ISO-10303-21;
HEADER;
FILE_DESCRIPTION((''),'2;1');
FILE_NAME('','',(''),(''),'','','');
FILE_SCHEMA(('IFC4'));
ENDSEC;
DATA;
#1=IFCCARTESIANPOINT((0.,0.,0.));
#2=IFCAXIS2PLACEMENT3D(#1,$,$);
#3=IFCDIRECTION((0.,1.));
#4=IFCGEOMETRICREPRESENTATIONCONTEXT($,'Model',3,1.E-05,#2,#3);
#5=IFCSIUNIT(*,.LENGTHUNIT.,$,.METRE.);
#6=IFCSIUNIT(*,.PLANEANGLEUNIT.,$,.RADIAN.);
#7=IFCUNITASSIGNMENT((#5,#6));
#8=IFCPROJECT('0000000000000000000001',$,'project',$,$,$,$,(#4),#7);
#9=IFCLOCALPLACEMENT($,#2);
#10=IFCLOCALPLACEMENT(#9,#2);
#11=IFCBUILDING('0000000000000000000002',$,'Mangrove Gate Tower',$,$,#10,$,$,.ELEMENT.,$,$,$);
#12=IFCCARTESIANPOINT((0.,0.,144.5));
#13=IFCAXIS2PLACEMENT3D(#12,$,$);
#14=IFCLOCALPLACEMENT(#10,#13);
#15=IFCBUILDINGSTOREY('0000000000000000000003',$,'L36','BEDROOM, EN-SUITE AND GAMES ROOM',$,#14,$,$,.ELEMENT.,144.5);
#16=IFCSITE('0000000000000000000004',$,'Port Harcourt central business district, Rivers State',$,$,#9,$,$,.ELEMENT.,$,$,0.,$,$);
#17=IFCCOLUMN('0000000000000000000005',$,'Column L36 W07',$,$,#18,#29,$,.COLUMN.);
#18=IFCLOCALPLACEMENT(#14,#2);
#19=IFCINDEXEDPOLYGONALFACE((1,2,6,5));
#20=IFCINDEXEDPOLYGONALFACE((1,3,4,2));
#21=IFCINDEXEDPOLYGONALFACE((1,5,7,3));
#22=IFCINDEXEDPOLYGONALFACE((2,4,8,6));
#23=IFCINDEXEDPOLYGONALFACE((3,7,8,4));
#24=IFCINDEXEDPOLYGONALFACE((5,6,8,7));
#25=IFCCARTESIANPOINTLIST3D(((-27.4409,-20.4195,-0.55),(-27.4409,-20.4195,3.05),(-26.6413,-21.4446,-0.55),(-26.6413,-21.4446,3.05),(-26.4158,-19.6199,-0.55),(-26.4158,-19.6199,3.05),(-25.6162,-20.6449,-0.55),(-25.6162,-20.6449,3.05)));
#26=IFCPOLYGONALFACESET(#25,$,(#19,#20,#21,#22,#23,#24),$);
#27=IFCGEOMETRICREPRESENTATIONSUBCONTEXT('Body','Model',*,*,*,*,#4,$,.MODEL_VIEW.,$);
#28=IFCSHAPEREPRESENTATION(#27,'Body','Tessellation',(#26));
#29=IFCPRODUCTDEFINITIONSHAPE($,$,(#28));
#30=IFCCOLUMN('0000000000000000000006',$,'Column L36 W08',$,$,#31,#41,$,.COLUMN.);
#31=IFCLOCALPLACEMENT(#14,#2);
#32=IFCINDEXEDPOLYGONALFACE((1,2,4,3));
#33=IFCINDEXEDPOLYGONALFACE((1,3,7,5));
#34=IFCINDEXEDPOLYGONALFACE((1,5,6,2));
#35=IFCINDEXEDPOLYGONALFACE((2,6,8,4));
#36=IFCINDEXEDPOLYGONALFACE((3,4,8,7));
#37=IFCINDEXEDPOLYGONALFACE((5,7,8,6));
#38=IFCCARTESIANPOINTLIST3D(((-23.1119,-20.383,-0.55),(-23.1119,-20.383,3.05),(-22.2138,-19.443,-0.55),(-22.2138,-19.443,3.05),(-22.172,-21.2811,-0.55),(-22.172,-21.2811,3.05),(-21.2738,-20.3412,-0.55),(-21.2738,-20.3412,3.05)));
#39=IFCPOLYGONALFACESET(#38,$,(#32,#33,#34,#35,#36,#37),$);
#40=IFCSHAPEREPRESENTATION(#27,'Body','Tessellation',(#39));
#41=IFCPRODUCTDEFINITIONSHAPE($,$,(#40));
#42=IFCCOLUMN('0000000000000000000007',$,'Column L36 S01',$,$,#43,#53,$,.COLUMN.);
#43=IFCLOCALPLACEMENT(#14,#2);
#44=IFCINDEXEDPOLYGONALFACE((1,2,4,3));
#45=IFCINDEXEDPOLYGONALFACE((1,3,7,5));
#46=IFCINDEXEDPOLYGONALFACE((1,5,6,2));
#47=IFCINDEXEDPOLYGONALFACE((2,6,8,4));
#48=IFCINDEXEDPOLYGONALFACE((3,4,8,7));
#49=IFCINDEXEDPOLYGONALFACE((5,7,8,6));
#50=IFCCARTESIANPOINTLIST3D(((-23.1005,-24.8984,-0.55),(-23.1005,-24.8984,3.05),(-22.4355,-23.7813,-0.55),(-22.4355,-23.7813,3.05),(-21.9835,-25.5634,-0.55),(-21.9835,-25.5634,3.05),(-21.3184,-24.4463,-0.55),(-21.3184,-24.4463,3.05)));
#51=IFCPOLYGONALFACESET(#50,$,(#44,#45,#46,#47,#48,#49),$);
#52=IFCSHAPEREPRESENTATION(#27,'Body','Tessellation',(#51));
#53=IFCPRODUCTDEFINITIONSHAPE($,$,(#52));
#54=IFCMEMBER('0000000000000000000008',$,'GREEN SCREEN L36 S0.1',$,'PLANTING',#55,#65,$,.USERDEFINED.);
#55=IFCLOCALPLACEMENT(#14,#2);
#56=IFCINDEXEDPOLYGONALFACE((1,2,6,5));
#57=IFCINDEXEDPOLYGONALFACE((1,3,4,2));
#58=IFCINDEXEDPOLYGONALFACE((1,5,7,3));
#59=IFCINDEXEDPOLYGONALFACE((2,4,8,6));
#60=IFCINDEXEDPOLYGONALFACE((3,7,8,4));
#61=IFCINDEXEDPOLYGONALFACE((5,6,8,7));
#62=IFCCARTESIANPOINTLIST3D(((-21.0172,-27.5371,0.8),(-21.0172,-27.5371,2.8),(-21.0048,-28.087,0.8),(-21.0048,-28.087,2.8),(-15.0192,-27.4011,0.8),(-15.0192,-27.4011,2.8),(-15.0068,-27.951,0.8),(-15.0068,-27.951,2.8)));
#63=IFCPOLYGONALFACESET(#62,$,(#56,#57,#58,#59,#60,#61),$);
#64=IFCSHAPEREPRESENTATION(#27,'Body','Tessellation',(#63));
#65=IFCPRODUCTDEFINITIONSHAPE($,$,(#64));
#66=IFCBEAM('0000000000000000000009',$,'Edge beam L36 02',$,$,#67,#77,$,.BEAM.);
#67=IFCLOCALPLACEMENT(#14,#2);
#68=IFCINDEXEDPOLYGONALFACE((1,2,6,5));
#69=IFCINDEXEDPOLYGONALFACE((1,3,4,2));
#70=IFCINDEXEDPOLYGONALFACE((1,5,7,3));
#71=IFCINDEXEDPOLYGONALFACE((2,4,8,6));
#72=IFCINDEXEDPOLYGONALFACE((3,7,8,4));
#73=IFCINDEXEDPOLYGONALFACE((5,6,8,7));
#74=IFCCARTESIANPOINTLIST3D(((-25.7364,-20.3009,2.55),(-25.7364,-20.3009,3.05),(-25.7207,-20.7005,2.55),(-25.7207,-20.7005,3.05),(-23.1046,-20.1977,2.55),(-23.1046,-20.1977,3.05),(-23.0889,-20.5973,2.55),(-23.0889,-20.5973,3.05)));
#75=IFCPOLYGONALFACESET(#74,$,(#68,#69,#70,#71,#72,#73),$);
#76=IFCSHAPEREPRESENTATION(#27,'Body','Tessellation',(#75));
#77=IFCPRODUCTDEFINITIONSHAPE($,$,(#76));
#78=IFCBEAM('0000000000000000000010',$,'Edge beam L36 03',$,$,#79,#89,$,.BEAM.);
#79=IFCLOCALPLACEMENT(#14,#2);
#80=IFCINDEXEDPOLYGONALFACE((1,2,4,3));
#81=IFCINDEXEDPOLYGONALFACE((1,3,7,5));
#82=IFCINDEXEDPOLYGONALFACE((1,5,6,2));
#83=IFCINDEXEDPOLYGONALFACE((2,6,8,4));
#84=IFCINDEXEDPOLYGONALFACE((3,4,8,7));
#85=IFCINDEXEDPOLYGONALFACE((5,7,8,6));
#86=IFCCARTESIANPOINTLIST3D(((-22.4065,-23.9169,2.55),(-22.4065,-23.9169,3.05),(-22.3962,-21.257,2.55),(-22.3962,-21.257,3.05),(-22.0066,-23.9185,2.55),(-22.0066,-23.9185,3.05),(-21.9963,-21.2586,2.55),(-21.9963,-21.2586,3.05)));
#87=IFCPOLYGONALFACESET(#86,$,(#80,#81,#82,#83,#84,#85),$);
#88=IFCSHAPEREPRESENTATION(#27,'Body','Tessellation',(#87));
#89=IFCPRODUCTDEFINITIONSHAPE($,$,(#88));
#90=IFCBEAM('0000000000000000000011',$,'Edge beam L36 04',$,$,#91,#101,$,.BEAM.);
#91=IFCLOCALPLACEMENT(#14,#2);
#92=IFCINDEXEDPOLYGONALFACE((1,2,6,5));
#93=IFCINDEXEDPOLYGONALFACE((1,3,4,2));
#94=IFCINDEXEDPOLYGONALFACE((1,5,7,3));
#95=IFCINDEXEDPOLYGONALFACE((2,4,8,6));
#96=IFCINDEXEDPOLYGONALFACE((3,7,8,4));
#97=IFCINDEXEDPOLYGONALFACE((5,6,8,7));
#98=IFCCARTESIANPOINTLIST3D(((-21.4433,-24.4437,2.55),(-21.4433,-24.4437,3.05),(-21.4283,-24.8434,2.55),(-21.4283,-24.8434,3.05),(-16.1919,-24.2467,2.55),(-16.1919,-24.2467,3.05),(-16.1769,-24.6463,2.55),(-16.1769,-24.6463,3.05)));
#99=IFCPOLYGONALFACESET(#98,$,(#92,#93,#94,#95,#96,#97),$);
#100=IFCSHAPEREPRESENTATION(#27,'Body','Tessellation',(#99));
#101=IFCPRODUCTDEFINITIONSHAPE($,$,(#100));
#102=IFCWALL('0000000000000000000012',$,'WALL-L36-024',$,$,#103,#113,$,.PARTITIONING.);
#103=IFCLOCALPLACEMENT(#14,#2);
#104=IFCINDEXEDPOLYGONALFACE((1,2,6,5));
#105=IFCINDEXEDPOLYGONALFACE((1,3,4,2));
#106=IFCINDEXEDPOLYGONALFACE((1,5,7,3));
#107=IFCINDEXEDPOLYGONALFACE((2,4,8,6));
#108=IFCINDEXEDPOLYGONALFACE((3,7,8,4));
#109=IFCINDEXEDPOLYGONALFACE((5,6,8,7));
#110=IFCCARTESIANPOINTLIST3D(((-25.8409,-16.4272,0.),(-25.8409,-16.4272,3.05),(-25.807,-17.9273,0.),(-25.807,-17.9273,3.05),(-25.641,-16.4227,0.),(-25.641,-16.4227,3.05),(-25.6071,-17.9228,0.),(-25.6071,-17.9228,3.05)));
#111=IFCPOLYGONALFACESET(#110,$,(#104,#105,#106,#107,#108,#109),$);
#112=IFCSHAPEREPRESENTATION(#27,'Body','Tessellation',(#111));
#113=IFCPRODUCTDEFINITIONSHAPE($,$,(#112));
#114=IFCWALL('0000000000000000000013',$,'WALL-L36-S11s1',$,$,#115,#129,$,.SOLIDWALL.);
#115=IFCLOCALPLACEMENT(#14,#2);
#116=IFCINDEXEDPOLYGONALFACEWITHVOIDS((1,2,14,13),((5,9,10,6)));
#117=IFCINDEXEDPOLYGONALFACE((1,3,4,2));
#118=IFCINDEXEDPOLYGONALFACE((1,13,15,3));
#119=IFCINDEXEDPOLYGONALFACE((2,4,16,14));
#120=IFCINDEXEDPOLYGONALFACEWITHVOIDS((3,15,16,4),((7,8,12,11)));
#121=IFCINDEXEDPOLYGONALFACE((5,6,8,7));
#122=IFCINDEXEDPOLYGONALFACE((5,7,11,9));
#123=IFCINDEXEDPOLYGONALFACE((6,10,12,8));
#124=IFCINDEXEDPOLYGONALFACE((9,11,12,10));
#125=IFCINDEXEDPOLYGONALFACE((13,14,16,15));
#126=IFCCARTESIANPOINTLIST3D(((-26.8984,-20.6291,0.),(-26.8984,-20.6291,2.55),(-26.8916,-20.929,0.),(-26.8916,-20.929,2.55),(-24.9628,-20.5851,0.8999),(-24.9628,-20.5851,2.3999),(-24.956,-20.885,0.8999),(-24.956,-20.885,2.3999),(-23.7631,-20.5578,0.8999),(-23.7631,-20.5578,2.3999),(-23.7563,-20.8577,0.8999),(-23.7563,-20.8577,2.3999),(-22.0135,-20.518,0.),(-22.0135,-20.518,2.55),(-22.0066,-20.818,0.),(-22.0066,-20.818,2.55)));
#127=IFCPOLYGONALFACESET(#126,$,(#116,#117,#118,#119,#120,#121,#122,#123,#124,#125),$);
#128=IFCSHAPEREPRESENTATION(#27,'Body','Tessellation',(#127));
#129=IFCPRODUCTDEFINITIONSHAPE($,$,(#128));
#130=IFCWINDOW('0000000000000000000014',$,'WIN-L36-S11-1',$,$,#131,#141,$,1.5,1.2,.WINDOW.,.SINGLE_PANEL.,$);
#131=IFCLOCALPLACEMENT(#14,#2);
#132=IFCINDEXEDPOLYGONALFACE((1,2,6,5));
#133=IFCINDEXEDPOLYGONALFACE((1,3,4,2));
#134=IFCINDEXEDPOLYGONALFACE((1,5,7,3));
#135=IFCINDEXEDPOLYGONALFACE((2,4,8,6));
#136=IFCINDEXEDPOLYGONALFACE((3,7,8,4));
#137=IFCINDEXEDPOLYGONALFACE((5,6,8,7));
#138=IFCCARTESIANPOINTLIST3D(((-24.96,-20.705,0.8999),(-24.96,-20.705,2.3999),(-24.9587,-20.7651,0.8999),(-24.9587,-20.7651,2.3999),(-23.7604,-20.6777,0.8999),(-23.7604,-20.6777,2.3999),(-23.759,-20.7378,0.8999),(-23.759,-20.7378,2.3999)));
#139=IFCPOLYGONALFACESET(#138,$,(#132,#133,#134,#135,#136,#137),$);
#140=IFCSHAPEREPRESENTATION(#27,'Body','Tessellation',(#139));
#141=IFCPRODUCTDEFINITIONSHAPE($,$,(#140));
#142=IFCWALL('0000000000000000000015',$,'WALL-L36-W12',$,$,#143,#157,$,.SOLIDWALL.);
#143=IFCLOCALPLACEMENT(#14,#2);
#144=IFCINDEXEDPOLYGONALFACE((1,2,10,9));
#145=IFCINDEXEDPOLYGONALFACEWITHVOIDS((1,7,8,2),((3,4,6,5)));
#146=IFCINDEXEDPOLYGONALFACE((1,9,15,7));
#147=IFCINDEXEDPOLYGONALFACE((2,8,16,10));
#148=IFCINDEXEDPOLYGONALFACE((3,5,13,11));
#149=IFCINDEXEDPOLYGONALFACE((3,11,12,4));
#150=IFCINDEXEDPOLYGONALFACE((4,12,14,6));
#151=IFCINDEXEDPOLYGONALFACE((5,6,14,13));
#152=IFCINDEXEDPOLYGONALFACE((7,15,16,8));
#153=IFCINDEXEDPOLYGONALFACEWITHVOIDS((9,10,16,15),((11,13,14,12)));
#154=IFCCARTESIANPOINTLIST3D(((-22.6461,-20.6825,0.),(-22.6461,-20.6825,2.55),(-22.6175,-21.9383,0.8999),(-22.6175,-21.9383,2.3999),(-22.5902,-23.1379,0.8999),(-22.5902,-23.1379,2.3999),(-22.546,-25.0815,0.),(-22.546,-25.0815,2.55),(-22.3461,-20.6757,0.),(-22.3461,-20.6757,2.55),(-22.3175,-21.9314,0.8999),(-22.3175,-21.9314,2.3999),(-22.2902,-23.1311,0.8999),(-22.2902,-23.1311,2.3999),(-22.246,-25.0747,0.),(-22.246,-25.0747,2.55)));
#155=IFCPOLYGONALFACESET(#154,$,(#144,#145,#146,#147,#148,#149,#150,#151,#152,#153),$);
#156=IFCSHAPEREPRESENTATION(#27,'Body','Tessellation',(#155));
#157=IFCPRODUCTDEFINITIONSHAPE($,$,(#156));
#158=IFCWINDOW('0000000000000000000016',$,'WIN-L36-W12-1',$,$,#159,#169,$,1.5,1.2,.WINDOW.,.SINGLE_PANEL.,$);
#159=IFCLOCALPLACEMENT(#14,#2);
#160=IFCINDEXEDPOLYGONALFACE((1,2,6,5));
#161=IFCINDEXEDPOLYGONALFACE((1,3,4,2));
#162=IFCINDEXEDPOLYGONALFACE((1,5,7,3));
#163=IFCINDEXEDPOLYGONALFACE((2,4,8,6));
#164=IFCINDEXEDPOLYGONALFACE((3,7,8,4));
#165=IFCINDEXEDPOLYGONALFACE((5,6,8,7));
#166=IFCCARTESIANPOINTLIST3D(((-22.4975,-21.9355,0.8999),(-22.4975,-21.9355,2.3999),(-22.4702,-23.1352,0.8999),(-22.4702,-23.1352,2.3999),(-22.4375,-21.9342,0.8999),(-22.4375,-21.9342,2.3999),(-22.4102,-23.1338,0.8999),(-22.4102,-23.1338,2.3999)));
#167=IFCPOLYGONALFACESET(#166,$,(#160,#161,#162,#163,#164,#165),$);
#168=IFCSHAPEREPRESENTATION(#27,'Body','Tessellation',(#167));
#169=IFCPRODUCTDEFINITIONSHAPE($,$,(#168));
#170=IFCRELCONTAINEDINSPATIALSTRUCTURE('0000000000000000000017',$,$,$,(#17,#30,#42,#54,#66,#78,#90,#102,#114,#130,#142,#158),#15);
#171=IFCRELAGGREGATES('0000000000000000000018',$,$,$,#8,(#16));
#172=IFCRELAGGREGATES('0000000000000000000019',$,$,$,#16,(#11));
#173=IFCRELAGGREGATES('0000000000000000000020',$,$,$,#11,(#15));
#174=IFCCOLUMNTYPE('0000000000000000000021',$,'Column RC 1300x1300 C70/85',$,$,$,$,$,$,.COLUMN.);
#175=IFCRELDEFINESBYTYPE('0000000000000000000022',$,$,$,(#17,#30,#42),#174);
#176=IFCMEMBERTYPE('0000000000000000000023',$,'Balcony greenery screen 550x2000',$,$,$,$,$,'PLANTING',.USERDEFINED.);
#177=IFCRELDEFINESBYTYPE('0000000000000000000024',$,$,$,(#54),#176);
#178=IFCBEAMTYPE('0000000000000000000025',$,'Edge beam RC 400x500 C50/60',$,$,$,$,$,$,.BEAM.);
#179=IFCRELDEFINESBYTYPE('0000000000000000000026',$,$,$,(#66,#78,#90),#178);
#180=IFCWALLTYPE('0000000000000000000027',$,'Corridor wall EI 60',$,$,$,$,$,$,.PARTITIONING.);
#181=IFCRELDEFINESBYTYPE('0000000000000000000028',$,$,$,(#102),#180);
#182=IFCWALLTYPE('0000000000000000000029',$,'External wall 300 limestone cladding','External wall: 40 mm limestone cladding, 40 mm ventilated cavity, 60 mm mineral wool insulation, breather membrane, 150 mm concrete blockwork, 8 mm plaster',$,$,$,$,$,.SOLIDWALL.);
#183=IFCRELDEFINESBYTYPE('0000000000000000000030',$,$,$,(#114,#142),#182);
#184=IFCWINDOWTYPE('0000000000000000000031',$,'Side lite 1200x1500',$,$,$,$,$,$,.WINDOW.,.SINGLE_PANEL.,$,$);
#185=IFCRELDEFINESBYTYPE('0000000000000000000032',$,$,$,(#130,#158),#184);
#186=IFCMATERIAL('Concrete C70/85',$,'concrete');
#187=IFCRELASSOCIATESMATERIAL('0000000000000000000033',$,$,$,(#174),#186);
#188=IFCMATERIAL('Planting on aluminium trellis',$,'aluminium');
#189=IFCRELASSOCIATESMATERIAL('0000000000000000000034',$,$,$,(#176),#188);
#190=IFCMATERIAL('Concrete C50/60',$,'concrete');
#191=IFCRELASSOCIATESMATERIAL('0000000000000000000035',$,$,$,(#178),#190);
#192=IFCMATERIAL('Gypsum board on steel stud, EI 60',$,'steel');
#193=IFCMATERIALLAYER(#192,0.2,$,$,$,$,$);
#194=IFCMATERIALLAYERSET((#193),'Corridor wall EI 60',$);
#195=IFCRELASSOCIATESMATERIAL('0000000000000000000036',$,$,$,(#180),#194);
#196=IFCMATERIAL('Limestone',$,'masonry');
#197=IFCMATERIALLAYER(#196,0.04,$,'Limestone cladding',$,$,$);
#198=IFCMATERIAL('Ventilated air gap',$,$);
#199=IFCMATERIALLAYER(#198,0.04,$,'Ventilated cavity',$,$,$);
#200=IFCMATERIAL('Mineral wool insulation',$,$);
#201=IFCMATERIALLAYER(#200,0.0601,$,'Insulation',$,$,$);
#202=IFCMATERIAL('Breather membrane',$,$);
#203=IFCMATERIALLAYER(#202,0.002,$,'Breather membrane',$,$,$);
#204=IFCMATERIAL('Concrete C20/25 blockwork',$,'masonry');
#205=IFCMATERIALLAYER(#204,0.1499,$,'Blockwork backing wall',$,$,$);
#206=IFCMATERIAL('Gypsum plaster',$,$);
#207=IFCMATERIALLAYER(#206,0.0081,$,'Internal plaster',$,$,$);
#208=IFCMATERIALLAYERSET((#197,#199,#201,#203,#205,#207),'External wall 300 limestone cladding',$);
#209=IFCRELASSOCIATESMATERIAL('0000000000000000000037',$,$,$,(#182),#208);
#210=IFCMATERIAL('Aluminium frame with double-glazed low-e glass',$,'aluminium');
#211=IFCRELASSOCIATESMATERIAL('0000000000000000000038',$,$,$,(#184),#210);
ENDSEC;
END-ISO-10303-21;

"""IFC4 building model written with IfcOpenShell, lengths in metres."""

from ifc_helpers import new_model, si_unit, direction, frame, frame_2d, origin, origin_2d, place, context, subcontext, project, spatial, rectangle, extrude, material, layer, layer_set, material_profile, profile_set, type_object, element, fill, save


model = new_model("IFC4")

# Units and contexts
model_context = context("Model", 3, precision=1e-05, world=origin(), true_north=direction((0.0, 1.0)))
body_context = subcontext(model_context, "Body", "Model", "MODEL_VIEW")
ifc_project = project(units=[si_unit("LENGTHUNIT", "METRE"), si_unit("PLANEANGLEUNIT", "RADIAN")], contexts=[model_context])

# Site, building, storey
site_placement = place(None, origin())
site = spatial("IfcSite", under=ifc_project, at=site_placement, Name="Port Harcourt central business district, Rivers State", CompositionType="ELEMENT", RefElevation=0.0)
building_placement = place(site_placement, origin())
building = spatial("IfcBuilding", under=site, at=building_placement, Name="Mangrove Gate Tower", CompositionType="ELEMENT")
storey_placement = place(building_placement, frame((0.0, 0.0, 144.5)))
storey = spatial("IfcBuildingStorey", under=building, at=storey_placement, Name="L36", Description="BEDROOM, EN-SUITE AND GAMES ROOM", CompositionType="ELEMENT", Elevation=144.5)

# Columns
ifc_material_1 = material(Name="Concrete C70/85", Category="concrete")
ifc_material_profile_1 = material_profile(ifc_material_1, rectangle(XDim=1.3, YDim=1.3, at=origin_2d()))
ifc_profile_set_1 = profile_set([ifc_material_profile_1], Name="Concrete C70/85")
column_type = type_object("IfcColumnType", Name="Column RC 1300x1300 C70/85", PredefinedType="COLUMN", material=ifc_profile_set_1)
for number, where, z_axis, x_axis, name in (
    (1, (-26.5286, -20.5322, -0.55), (0.0, 0.0, 1.0), (0.615067, -0.788475, 0.0), "Column L36 W07"),
    (2, (-22.1929, -20.3621, -0.55), (0.0, 0.0, 1.0), (0.722994, -0.690854, 0.0), "Column L36 W08"),
    (3, (-22.2095, -24.6724, -0.55), (0.0, 0.0, 1.0), (0.859255, -0.511547, 0.0), "Column L36 S01"),
):
    element("IfcColumn", number, at=place(storey_placement, frame(where, z_axis=z_axis, x_axis=x_axis)), inside=storey, type_object=column_type, Name=name, PredefinedType="COLUMN", context=body_context, shape_type="SweptSolid", body=[
        extrude(rectangle(XDim=1.3, YDim=1.3, at=origin_2d()), origin(), (0.0, 0.0, 1.0), 3.6001),
    ])

# Member
ifc_material_2 = material(Name="Planting on aluminium trellis", Category="aluminium")
ifc_material_profile_2 = material_profile(ifc_material_2, rectangle(XDim=0.55, YDim=2.0, at=origin_2d()))
ifc_profile_set_2 = profile_set([ifc_material_profile_2], Name="Planting on aluminium trellis")
member_type = type_object("IfcMemberType", Name="Balcony greenery screen 550x2000", ElementType="PLANTING", PredefinedType="USERDEFINED", material=ifc_profile_set_2)
member_placement = place(storey_placement, frame((-21.011, -27.812, 1.8), z_axis=(0.999743, 0.022666, 0.0), x_axis=(-0.022666, 0.999743, 0.0)))
element("IfcMember", 4, at=member_placement, inside=storey, type_object=member_type, Name="GREEN SCREEN L36 S0.1", ObjectType="PLANTING", PredefinedType="USERDEFINED", context=body_context, shape_type="SweptSolid", body=[
    extrude(rectangle(XDim=0.55, YDim=2.0, at=origin_2d()), origin(), (0.0, 0.0, 1.0), 5.9995),
])

# Beams
ifc_material_3 = material(Name="Concrete C50/60", Category="concrete")
ifc_material_profile_3 = material_profile(ifc_material_3, rectangle(XDim=0.3999, YDim=0.5, at=origin_2d()))
ifc_profile_set_3 = profile_set([ifc_material_profile_3], Name="Concrete C50/60")
beam_type = type_object("IfcBeamType", Name="Edge beam RC 400x500 C50/60", PredefinedType="BEAM", material=ifc_profile_set_3)
beam_1_placement = place(storey_placement, frame((-25.7285, -20.5007, 2.8), z_axis=(0.999231, 0.039209, 0.0), x_axis=(-0.039209, 0.999231, 0.0)))
element("IfcBeam", 5, at=beam_1_placement, inside=storey, type_object=beam_type, Name="Edge beam L36 02", PredefinedType="BEAM", context=body_context, shape_type="SweptSolid", body=[
    extrude(rectangle(XDim=0.3999, YDim=0.5, at=origin_2d()), origin(), (0.0, 0.0, 1.0), 2.6338),
])
beam_2_placement = place(storey_placement, frame((-22.1963, -21.2578, 2.8), z_axis=(-0.003855, -0.999993, 0.0), x_axis=(0.999993, -0.003855, 0.0)))
element("IfcBeam", 6, at=beam_2_placement, inside=storey, type_object=beam_type, Name="Edge beam L36 03", PredefinedType="BEAM", context=body_context, shape_type="SweptSolid", body=[
    extrude(rectangle(XDim=0.3999, YDim=0.5, at=origin_2d()), origin(), (0.0, 0.0, 1.0), 2.6599),
])
beam_3_placement = place(storey_placement, frame((-21.4358, -24.6436, 2.8), z_axis=(0.999297, 0.037491, 0.0), x_axis=(-0.037491, 0.999297, 0.0)))
element("IfcBeam", 7, at=beam_3_placement, inside=storey, type_object=beam_type, Name="Edge beam L36 04", PredefinedType="BEAM", context=body_context, shape_type="SweptSolid", body=[
    extrude(rectangle(XDim=0.3999, YDim=0.5, at=origin_2d()), origin(), (0.0, 0.0, 1.0), 5.2551),
])

# Wall
ifc_material_4 = material(Name="Gypsum board on steel stud, EI 60", Category="steel")
ifc_layer_1 = layer(ifc_material_4, 0.2)
ifc_layer_set_1 = layer_set([ifc_layer_1], Name="Corridor wall EI 60")
wall_type_1 = type_object("IfcWallType", Name="Corridor wall EI 60", PredefinedType="PARTITIONING", material=ifc_layer_set_1)
wall_1_placement = place(storey_placement, frame((-25.707, -17.925, 0.0), z_axis=(0.0, 0.0, 1.0), x_axis=(-0.022618, 0.999744, 0.0)))
element("IfcWall", 8, at=wall_1_placement, inside=storey, type_object=wall_type_1, Name="WALL-L36-024", PredefinedType="PARTITIONING", context=body_context, shape_type="SweptSolid", body=[
    extrude(rectangle(XDim=1.5005, YDim=0.2, at=frame_2d((0.7502, 0.0))), origin(), (0.0, 0.0, 1.0), 3.05),
])

# Walls, openings, windows
ifc_material_5 = material(Name="Limestone", Category="masonry")
ifc_layer_2 = layer(ifc_material_5, 0.04, Name="Limestone cladding")
ifc_material_6 = material(Name="Ventilated air gap")
ifc_layer_3 = layer(ifc_material_6, 0.04, Name="Ventilated cavity")
ifc_material_7 = material(Name="Mineral wool insulation")
ifc_layer_4 = layer(ifc_material_7, 0.0601, Name="Insulation")
ifc_material_8 = material(Name="Breather membrane")
ifc_layer_5 = layer(ifc_material_8, 0.002, Name="Breather membrane")
ifc_material_9 = material(Name="Concrete C20/25 blockwork", Category="masonry")
ifc_layer_6 = layer(ifc_material_9, 0.1499, Name="Blockwork backing wall")
ifc_material_10 = material(Name="Gypsum plaster")
ifc_layer_7 = layer(ifc_material_10, 0.0081, Name="Internal plaster")
ifc_layer_set_2 = layer_set([ifc_layer_2, ifc_layer_3, ifc_layer_4, ifc_layer_5, ifc_layer_6, ifc_layer_7], Name="External wall 300 limestone cladding")
wall_type_2 = type_object("IfcWallType", Name="External wall 300 limestone cladding", Description="External wall: 40 mm limestone cladding, 40 mm ventilated cavity, 60 mm mineral wool insulation, breather membrane, 150 mm concrete blockwork, 8 mm plaster", PredefinedType="SOLIDWALL", material=ifc_layer_set_2)
wall_2_placement = place(storey_placement, frame((-26.895, -20.7791, 0.0), z_axis=(0.0, 0.0, 1.0), x_axis=(0.999742, 0.022734, 0.0)))
wall_2 = element("IfcWall", 9, at=wall_2_placement, inside=storey, type_object=wall_type_2, Name="WALL-L36-S11s1", PredefinedType="SOLIDWALL", context=body_context, shape_type="SweptSolid", body=[
    extrude(rectangle(XDim=4.8862, YDim=0.3, at=frame_2d((2.4431, 0.0))), origin(), (0.0, 0.0, 1.0), 2.55),
])
opening_1_placement = place(wall_2_placement, frame((1.936, 0.0, 0.8999)))
opening_1 = element("IfcOpeningElement", 10, at=opening_1_placement, cuts=wall_2, PredefinedType="OPENING", context=body_context, shape_type="SweptSolid", body=[
    extrude(rectangle(XDim=1.2, YDim=1.5, at=frame_2d((0.6001, 0.75))), frame((0.0, 0.1599, 0.0), z_axis=(0.0, -1.0, 0.0), x_axis=(1.0, 0.0, 0.0)), (0.0, 0.0, 1.0), 0.3201),
])
ifc_material_11 = material(Name="Aluminium frame with double-glazed low-e glass", Category="aluminium")
window_type_1 = type_object("IfcWindowType", Name="Side lite 1200x1500", PartitioningType="SINGLE_PANEL", PredefinedType="WINDOW", material=ifc_material_11)
window_1_placement = place(opening_1_placement, origin())
window_1 = element("IfcWindow", 11, at=window_1_placement, inside=storey, type_object=window_type_1, Name="WIN-L36-S11-1", OverallHeight=1.5, OverallWidth=1.2, PartitioningType="SINGLE_PANEL", PredefinedType="WINDOW", context=body_context, shape_type="SweptSolid", body=[
    extrude(rectangle(XDim=1.2, YDim=1.5, at=frame_2d((0.6001, 0.75))), frame((0.0, 0.03, 0.0), z_axis=(0.0, -1.0, 0.0), x_axis=(1.0, 0.0, 0.0)), (0.0, 0.0, 1.0), 0.0601),
])
fill(opening_1, window_1)
wall_3_placement = place(storey_placement, frame((-22.4961, -20.679, 0.0), z_axis=(0.0, 0.0, 1.0), x_axis=(0.022749, -0.999741, 0.0)))
wall_3 = element("IfcWall", 12, at=wall_3_placement, inside=storey, type_object=wall_type_2, Name="WALL-L36-W12", PredefinedType="SOLIDWALL", context=body_context, shape_type="SweptSolid", body=[
    extrude(rectangle(XDim=4.4001, YDim=0.3, at=frame_2d((2.2002, 0.0))), origin(), (0.0, 0.0, 1.0), 2.55),
])
opening_2_placement = place(wall_3_placement, frame((1.2561, 0.0, 0.8999)))
opening_2 = element("IfcOpeningElement", 13, at=opening_2_placement, cuts=wall_3, PredefinedType="OPENING", context=body_context, shape_type="SweptSolid", body=[
    extrude(rectangle(XDim=1.2, YDim=1.5, at=frame_2d((0.6001, 0.75))), frame((0.0, 0.1599, 0.0), z_axis=(0.0, -1.0, 0.0), x_axis=(1.0, 0.0, 0.0)), (0.0, 0.0, 1.0), 0.3201),
])
window_2_placement = place(opening_2_placement, origin())
window_2 = element("IfcWindow", 14, at=window_2_placement, inside=storey, type_object=window_type_1, Name="WIN-L36-W12-1", OverallHeight=1.5, OverallWidth=1.2, PartitioningType="SINGLE_PANEL", PredefinedType="WINDOW", context=body_context, shape_type="SweptSolid", body=[
    extrude(rectangle(XDim=1.2, YDim=1.5, at=frame_2d((0.6001, 0.75))), frame((0.0, 0.03, 0.0), z_axis=(0.0, -1.0, 0.0), x_axis=(1.0, 0.0, 0.0)), (0.0, 0.0, 1.0), 0.0601),
])
fill(opening_2, window_2)

save(model, "model.ifc")
